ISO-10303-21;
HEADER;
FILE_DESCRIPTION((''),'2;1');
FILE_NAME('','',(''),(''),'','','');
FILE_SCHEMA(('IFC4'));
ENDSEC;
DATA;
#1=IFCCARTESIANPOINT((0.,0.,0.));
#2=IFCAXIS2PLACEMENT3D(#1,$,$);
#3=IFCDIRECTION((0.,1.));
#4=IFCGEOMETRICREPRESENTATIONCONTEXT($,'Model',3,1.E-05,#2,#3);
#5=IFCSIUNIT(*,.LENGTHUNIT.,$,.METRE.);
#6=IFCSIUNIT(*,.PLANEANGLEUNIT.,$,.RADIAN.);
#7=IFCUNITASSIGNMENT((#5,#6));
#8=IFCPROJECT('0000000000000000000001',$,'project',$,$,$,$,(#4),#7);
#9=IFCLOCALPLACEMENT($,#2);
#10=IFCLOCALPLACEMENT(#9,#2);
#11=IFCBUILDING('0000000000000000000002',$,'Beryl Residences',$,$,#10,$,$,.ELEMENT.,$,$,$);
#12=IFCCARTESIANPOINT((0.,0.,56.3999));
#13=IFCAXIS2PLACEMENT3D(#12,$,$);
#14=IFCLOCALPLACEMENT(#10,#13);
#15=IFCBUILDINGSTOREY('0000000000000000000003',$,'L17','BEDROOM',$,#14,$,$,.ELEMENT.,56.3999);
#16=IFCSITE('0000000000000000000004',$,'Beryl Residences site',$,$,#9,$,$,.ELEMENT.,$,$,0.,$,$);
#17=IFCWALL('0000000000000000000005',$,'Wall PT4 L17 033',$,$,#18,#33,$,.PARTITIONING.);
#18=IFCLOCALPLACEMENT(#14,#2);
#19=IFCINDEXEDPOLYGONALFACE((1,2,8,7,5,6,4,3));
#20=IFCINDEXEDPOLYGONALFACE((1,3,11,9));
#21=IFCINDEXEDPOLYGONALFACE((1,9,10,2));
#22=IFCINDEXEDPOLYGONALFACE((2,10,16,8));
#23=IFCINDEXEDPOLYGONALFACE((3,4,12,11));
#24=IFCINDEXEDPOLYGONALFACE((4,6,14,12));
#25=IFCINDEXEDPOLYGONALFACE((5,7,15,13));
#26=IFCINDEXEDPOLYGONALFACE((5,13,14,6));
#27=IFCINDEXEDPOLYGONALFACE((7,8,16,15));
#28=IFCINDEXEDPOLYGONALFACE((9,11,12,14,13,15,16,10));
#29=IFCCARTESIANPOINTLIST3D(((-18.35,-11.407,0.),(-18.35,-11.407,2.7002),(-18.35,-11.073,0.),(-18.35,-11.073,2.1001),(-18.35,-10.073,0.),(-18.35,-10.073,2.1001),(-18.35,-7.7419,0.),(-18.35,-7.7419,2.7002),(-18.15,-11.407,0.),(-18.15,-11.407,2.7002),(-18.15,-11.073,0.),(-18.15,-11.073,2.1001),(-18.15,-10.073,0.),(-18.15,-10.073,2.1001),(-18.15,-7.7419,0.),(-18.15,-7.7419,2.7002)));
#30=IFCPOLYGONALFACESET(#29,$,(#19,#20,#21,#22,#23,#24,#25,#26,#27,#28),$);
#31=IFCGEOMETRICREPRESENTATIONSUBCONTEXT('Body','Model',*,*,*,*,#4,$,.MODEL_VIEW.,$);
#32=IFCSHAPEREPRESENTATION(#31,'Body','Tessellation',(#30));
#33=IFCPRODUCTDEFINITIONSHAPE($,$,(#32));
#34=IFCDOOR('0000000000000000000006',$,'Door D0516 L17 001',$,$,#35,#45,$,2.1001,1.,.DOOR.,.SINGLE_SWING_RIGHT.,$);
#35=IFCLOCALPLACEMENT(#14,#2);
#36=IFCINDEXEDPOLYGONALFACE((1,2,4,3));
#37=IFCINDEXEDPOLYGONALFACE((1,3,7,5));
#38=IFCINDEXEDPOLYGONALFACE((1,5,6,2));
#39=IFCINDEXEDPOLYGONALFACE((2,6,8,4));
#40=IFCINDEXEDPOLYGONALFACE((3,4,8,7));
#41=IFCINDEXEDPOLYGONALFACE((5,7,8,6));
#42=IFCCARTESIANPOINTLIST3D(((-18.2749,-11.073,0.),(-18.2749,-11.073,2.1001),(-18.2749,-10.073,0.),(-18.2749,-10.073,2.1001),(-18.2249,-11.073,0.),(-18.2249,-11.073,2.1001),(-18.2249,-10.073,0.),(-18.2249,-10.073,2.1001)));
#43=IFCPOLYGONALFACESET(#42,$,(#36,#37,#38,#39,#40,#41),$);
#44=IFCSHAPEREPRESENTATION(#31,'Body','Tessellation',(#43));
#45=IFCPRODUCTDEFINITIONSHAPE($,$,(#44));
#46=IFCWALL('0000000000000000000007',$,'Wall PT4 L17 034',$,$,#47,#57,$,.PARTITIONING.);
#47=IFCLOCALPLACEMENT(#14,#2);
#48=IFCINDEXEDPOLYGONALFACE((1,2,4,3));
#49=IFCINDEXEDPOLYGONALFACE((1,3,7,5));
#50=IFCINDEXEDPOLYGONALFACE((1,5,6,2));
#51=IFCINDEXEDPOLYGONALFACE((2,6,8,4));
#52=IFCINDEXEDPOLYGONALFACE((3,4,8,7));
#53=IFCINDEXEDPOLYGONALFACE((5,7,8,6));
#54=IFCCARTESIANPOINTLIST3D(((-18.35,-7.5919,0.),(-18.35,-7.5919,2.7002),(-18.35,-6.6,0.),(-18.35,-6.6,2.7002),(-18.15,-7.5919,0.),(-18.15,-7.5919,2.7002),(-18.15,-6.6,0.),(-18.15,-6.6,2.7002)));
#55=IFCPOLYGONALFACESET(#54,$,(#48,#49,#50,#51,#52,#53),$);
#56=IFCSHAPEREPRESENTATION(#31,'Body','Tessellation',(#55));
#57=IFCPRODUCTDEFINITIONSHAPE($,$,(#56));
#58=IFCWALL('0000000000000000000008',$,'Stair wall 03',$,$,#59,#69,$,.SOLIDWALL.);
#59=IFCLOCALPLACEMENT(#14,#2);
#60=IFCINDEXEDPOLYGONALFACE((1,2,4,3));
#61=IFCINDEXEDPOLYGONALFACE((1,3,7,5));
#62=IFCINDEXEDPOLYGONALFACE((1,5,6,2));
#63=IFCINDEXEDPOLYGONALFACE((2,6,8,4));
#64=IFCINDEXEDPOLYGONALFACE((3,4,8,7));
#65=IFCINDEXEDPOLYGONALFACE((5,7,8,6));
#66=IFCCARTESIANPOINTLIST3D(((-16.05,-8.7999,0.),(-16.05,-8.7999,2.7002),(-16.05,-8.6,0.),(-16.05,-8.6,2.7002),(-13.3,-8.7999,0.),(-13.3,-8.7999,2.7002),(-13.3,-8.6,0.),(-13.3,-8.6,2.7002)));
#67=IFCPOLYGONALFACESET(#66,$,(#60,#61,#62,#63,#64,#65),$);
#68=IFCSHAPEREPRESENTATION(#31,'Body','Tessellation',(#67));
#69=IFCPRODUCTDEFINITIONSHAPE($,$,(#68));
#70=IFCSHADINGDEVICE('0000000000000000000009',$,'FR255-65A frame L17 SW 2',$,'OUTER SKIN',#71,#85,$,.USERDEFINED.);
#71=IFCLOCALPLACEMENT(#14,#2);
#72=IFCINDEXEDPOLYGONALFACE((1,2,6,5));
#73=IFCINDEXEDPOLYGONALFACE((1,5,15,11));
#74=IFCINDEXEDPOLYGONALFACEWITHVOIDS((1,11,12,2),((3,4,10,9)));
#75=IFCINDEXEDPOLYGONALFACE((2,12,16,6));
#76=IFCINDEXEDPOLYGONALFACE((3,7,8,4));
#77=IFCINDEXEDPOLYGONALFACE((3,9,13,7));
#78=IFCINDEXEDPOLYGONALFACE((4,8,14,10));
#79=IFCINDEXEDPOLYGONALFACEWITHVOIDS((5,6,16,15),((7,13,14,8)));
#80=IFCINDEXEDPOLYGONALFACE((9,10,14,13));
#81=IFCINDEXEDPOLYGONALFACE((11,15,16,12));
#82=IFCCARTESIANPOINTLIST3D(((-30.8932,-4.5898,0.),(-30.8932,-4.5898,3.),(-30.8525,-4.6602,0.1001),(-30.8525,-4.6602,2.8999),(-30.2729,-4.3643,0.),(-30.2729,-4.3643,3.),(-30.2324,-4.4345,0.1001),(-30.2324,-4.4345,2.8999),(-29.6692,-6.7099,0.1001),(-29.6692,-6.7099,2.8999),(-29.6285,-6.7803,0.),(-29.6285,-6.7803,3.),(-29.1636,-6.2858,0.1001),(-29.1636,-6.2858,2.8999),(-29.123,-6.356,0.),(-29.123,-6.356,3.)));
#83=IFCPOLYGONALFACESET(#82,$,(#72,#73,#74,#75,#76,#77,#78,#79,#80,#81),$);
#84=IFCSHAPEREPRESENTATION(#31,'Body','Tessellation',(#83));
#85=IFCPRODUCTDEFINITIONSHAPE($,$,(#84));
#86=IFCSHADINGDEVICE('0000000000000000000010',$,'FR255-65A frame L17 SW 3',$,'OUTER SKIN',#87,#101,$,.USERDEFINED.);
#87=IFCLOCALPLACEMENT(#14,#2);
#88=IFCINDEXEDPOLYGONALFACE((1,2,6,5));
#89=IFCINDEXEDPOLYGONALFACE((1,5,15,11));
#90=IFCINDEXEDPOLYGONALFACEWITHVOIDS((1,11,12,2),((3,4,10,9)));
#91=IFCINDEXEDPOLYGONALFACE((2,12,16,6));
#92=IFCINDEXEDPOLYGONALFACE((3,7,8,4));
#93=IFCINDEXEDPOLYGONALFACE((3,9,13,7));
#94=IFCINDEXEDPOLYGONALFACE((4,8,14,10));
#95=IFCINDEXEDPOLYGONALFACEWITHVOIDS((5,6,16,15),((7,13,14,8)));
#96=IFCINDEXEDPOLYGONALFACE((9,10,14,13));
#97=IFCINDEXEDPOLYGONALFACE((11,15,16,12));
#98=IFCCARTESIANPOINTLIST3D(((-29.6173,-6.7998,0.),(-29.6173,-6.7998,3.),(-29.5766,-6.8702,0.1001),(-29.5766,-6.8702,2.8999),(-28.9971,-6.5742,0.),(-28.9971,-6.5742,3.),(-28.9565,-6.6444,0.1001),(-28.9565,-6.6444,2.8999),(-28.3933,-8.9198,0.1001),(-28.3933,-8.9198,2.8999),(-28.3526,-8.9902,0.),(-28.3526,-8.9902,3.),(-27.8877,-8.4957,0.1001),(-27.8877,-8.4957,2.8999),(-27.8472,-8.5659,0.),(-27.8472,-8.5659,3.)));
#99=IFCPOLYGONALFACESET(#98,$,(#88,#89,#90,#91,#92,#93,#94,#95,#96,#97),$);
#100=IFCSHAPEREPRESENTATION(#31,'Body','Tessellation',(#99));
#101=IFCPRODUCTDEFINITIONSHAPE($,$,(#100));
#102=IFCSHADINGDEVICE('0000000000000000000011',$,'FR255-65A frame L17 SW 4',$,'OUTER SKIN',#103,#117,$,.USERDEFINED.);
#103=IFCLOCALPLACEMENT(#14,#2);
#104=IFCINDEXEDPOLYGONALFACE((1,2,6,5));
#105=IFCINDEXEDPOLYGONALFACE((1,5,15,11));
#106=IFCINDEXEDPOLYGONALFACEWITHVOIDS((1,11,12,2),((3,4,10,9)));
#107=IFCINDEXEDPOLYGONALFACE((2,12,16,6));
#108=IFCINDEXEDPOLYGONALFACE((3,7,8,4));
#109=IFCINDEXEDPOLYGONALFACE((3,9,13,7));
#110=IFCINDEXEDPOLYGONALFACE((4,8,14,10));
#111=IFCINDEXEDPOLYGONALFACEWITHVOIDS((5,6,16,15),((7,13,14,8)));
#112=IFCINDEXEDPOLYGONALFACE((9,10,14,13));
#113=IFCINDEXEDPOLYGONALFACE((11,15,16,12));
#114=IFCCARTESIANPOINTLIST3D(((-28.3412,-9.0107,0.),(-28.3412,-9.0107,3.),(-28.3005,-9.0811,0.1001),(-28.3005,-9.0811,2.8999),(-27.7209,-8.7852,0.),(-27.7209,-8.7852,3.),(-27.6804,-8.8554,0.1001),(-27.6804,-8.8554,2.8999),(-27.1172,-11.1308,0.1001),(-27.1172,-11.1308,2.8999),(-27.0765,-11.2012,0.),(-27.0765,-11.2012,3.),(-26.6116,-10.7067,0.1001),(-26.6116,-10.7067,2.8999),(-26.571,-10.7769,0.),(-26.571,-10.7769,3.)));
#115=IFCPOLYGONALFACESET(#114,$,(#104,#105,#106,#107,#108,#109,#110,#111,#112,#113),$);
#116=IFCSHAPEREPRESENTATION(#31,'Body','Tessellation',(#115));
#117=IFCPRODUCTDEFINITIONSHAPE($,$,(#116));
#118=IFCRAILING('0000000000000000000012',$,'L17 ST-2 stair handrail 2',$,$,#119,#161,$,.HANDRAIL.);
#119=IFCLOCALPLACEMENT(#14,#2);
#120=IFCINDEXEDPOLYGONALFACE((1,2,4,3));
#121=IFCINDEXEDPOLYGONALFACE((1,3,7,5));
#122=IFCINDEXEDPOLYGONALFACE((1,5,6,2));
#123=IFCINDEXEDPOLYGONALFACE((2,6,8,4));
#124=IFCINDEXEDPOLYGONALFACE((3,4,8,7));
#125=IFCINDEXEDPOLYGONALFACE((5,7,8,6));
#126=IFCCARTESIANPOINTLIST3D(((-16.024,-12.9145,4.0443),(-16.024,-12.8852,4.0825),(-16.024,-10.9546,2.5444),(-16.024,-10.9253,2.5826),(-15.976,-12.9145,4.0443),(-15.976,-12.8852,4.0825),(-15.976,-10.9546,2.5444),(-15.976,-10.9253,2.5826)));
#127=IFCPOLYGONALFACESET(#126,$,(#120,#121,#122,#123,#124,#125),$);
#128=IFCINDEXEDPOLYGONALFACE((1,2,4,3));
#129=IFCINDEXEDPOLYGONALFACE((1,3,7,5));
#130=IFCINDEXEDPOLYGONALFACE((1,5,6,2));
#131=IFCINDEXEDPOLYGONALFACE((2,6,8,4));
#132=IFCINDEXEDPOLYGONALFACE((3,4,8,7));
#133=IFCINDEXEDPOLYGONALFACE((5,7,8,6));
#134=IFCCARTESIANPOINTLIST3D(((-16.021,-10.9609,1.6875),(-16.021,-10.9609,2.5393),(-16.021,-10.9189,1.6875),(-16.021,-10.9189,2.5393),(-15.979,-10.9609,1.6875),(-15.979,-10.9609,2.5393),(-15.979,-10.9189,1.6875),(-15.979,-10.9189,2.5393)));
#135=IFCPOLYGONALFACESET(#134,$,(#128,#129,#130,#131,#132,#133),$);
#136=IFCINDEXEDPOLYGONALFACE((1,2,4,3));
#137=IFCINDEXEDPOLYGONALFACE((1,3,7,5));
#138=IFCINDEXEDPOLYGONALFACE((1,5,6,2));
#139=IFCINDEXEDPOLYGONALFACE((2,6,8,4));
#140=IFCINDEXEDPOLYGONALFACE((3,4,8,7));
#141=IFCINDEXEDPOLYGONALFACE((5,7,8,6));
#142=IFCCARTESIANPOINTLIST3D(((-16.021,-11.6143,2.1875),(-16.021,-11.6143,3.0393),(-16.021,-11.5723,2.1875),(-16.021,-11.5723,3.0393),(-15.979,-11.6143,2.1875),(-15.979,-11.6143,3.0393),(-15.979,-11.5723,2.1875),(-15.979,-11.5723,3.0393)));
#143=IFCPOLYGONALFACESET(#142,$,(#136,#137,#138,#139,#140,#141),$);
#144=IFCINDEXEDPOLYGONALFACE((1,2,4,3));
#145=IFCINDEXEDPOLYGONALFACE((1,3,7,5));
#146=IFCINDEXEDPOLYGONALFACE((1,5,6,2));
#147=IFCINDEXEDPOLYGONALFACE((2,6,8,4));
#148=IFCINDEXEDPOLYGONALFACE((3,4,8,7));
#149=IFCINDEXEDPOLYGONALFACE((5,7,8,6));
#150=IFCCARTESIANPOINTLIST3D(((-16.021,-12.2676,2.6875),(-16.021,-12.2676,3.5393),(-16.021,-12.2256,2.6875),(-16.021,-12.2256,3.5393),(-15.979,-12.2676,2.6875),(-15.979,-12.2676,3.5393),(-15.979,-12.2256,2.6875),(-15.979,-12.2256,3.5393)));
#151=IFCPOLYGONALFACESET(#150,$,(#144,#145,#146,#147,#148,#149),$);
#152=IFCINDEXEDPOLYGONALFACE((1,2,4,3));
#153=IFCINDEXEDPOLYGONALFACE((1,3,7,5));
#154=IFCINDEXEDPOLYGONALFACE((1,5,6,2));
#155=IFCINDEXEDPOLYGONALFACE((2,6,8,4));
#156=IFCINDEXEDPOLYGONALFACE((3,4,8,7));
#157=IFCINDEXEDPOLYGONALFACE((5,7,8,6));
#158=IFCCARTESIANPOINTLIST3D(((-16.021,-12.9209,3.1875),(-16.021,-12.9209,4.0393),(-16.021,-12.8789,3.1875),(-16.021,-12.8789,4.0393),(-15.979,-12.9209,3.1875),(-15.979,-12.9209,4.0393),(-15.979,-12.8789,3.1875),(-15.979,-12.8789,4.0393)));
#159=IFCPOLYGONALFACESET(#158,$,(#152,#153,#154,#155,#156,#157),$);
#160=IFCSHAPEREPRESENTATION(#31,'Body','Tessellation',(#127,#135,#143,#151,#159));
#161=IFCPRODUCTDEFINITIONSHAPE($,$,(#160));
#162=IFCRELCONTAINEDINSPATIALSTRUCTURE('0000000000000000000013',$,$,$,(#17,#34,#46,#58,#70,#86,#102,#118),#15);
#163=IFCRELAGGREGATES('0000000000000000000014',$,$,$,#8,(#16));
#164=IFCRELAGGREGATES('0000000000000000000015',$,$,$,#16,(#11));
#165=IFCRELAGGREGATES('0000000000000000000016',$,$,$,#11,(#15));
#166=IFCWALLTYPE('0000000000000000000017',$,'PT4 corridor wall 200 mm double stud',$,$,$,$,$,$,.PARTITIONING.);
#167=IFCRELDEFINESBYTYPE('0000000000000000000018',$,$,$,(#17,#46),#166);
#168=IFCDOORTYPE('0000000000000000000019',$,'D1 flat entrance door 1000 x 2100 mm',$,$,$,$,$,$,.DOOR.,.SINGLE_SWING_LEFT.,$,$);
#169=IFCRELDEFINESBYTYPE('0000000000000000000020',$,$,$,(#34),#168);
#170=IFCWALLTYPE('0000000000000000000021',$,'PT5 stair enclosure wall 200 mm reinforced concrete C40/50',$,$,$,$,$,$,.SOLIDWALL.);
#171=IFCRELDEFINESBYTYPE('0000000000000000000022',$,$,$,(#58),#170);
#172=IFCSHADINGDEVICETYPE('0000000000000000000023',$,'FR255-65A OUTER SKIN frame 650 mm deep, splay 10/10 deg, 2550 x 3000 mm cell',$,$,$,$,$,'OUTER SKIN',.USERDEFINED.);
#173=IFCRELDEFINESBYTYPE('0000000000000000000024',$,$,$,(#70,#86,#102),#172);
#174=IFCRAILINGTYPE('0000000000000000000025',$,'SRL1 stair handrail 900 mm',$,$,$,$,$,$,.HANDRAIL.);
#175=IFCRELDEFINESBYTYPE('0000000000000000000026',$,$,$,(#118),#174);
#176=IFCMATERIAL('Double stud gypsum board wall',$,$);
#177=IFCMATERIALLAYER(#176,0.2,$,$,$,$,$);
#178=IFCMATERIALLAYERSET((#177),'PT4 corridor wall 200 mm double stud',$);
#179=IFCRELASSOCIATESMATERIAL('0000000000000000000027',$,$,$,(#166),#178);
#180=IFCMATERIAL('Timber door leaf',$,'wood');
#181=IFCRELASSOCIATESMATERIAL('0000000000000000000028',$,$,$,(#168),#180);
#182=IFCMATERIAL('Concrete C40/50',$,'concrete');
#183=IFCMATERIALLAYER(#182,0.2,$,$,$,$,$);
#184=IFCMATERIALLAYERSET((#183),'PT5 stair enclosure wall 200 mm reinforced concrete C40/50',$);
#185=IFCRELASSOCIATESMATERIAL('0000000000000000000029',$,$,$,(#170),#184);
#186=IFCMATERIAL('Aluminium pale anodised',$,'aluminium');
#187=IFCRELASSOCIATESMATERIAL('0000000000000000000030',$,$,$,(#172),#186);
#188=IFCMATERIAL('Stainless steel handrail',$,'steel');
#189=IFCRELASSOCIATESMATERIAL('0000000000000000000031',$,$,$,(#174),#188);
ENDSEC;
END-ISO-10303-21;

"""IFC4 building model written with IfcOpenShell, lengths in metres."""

from ifc_helpers import new_model, entity, si_unit, direction, frame, frame_2d, origin, origin_2d, place, context, subcontext, project, spatial, rectangle, extrude, source, transform, mapped, material, layer, layer_set, type_object, type_shapes, element, fill, save


model = new_model("IFC4")

# Units and contexts
model_context = context("Model", 3, precision=1e-05, world=origin(), true_north=direction((0.0, 1.0)))
body_context = subcontext(model_context, "Body", "Model", "MODEL_VIEW")
ifc_project = project(units=[si_unit("LENGTHUNIT", "METRE"), si_unit("PLANEANGLEUNIT", "RADIAN")], contexts=[model_context])

# Site, building, storey
site_placement = place(None, origin())
site = spatial("IfcSite", under=ifc_project, at=site_placement, Name="Beryl Residences site", CompositionType="ELEMENT", RefElevation=0.0)
building_placement = place(site_placement, origin())
building = spatial("IfcBuilding", under=site, at=building_placement, Name="Beryl Residences", CompositionType="ELEMENT")
storey_placement = place(building_placement, frame((0.0, 0.0, 56.3999)))
storey = spatial("IfcBuildingStorey", under=building, at=storey_placement, Name="L17", Description="BEDROOM", CompositionType="ELEMENT", Elevation=56.3999)

# Shared definitions
ifc_material_1 = material(Name="Double stud gypsum board wall")
ifc_layer_1 = layer(ifc_material_1, 0.2)
ifc_layer_set_1 = layer_set([ifc_layer_1], Name="PT4 corridor wall 200 mm double stud")
wall_type_1 = type_object("IfcWallType", Name="PT4 corridor wall 200 mm double stud", PredefinedType="PARTITIONING", material=ifc_layer_set_1)

# Wall, opening, door
wall_1_placement = place(storey_placement, frame((-18.25, -11.407, 0.0), z_axis=(0.0, 0.0, 1.0), x_axis=(0.0, 1.0, 0.0)))
wall_1 = element("IfcWall", 1, at=wall_1_placement, inside=storey, type_object=wall_type_1, Name="Wall PT4 L17 033", PredefinedType="PARTITIONING", context=body_context, shape_type="SweptSolid", body=[
    extrude(rectangle(XDim=3.665, YDim=0.2, at=frame_2d((1.8325, 0.0))), origin(), (0.0, 0.0, 1.0), 2.7002),
])
opening_1_placement = place(wall_1_placement, frame((0.334, 0.0, 0.0)))
opening_1 = element("IfcOpeningElement", 2, at=opening_1_placement, cuts=wall_1, PredefinedType="OPENING", context=body_context, shape_type="SweptSolid", body=[
    extrude(rectangle(XDim=1.0, YDim=2.1001, at=frame_2d((0.5, 1.05))), frame((0.0, 0.1099, 0.0), z_axis=(0.0, -1.0, 0.0), x_axis=(1.0, 0.0, 0.0)), (0.0, 0.0, 1.0), 0.22),
])
ifc_material_2 = material(Name="Timber door leaf", Category="wood")
door_type_1 = type_object("IfcDoorType", Name="D1 flat entrance door 1000 x 2100 mm", OperationType="SINGLE_SWING_LEFT", PredefinedType="DOOR", material=ifc_material_2)
door_1_placement = place(opening_1_placement, origin())
door_1 = element("IfcDoor", 3, at=door_1_placement, inside=storey, type_object=door_type_1, Name="Door D0516 L17 001", OperationType="SINGLE_SWING_RIGHT", OverallHeight=2.1001, OverallWidth=1.0, PredefinedType="DOOR", context=body_context, shape_type="SweptSolid", body=[
    extrude(rectangle(XDim=1.0, YDim=2.1001, at=frame_2d((0.5, 1.05))), frame((0.0, 0.0249, 0.0), z_axis=(0.0, -1.0, 0.0), x_axis=(1.0, 0.0, 0.0)), (0.0, 0.0, 1.0), 0.05),
])
fill(opening_1, door_1)

# Walls
wall_2_placement = place(storey_placement, frame((-18.25, -7.592, 0.0), z_axis=(0.0, 0.0, 1.0), x_axis=(0.0, 1.0, 0.0)))
element("IfcWall", 4, at=wall_2_placement, inside=storey, type_object=wall_type_1, Name="Wall PT4 L17 034", PredefinedType="PARTITIONING", context=body_context, shape_type="SweptSolid", body=[
    extrude(rectangle(XDim=0.9919, YDim=0.2, at=frame_2d((0.4961, 0.0))), origin(), (0.0, 0.0, 1.0), 2.7002),
])
ifc_material_3 = material(Name="Concrete C40/50", Category="concrete")
ifc_layer_2 = layer(ifc_material_3, 0.2)
ifc_layer_set_2 = layer_set([ifc_layer_2], Name="PT5 stair enclosure wall 200 mm reinforced concrete C40/50")
wall_type_2 = type_object("IfcWallType", Name="PT5 stair enclosure wall 200 mm reinforced concrete C40/50", PredefinedType="SOLIDWALL", material=ifc_layer_set_2)
wall_3_placement = place(storey_placement, frame((-16.05, -8.7, 0.0), z_axis=(0.0, 0.0, 1.0), x_axis=(1.0, 0.0, 0.0)))
element("IfcWall", 5, at=wall_3_placement, inside=storey, type_object=wall_type_2, Name="Stair wall 03", PredefinedType="SOLIDWALL", context=body_context, shape_type="SweptSolid", body=[
    extrude(rectangle(XDim=2.75, YDim=0.2, at=frame_2d((1.375, 0.0))), origin(), (0.0, 0.0, 1.0), 2.7002),
])

# Shading devices
ifc_material_4 = material(Name="Aluminium pale anodised", Category="aluminium")
shading_device_type = type_object("IfcShadingDeviceType", Name="FR255-65A OUTER SKIN frame 650 mm deep, splay 10/10 deg, 2550 x 3000 mm cell", ElementType="OUTER SKIN", PredefinedType="USERDEFINED", material=ifc_material_4)
cartesian_point_1 = entity("IfcCartesianPoint", [-1.1499, 0.0])
cartesian_point_2 = entity("IfcCartesianPoint", [-1.0688, 0.1001])
cartesian_point_3 = entity("IfcCartesianPoint", [-1.2646, 0.0])
cartesian_point_4 = entity("IfcCartesianPoint", [-1.1833, 0.1001])
shared_shape = source(origin(), body_context, "Body", "SweptSolid", [
    entity("IfcExtrudedAreaSolidTapered", entity("IfcArbitraryProfileDefWithVoids", "AREA", None, entity("IfcPolyline", [cartesian_point_1, entity("IfcCartesianPoint", [1.1499, 0.0]), entity("IfcCartesianPoint", [1.1499, 3.0]), entity("IfcCartesianPoint", [-1.1499, 3.0]), cartesian_point_1]), [entity("IfcPolyline", [cartesian_point_2, entity("IfcCartesianPoint", [1.0688, 0.1001]), entity("IfcCartesianPoint", [1.0688, 2.8999]), entity("IfcCartesianPoint", [-1.0688, 2.8999]), cartesian_point_2])]), entity("IfcAxis2Placement3D", entity("IfcCartesianPoint", [0.0, 0.0, 0.0]), entity("IfcDirection", [0.0, 1.0, 0.0]), entity("IfcDirection", [-1.0, 0.0, 0.0])), entity("IfcDirection", [0.0, 0.0, 1.0]), 0.6499, entity("IfcArbitraryProfileDefWithVoids", "AREA", None, entity("IfcPolyline", [cartesian_point_3, entity("IfcCartesianPoint", [1.2646, 0.0]), entity("IfcCartesianPoint", [1.2646, 3.0]), entity("IfcCartesianPoint", [-1.2646, 3.0]), cartesian_point_3]), [entity("IfcPolyline", [cartesian_point_4, entity("IfcCartesianPoint", [1.1833, 0.1001]), entity("IfcCartesianPoint", [1.1833, 2.8999]), entity("IfcCartesianPoint", [-1.1833, 2.8999]), cartesian_point_4])])),
])
type_shapes(shading_device_type, [shared_shape])
for number, where, z_axis, x_axis, name in (
    (6, (-29.698, -5.3601, 0.0), (0.0, 0.0, 1.0), (-0.5, 0.866025, 0.0), "FR255-65A frame L17 SW 2"),
    (7, (-28.4221, -7.5701, 0.0), (0.0, 0.0, 1.0), (-0.5, 0.866025, 0.0), "FR255-65A frame L17 SW 3"),
    (8, (-27.146, -9.781, 0.0), (0.0, 0.0, 1.0), (-0.5, 0.866025, 0.0), "FR255-65A frame L17 SW 4"),
):
    element("IfcShadingDevice", number, at=place(storey_placement, frame(where, z_axis=z_axis, x_axis=x_axis)), inside=storey, type_object=shading_device_type, Name=name, ObjectType="OUTER SKIN", PredefinedType="USERDEFINED", context=body_context, shape_type="MappedRepresentation", body=[
        mapped(shared_shape, transform((0.0, 0.0, 0.0))),
    ])

# Railing
ifc_material_5 = material(Name="Stainless steel handrail", Category="steel")
railing_type = type_object("IfcRailingType", Name="SRL1 stair handrail 900 mm", PredefinedType="HANDRAIL", material=ifc_material_5)
railing_placement = place(storey_placement, frame((-16.0, -10.9399, 1.6875)))
element("IfcRailing", 9, at=railing_placement, inside=storey, type_object=railing_type, Name="L17 ST-2 stair handrail 2", PredefinedType="HANDRAIL", context=body_context, shape_type="SweptSolid", body=[
    extrude(rectangle(XDim=0.0481, YDim=0.0481, at=origin_2d()), frame((0.0, 0.0, 0.876), z_axis=(0.0, -0.794122, 0.607758), x_axis=(1.0, 0.0, 0.0)), (0.0, 0.0, 1.0), 2.468),
    extrude(rectangle(XDim=0.042, YDim=0.042, at=origin_2d()), origin(), (0.0, 0.0, 1.0), 0.8518),
    extrude(rectangle(XDim=0.042, YDim=0.042, at=origin_2d()), frame((0.0, -0.6533, 0.5)), (0.0, 0.0, 1.0), 0.8518),
    extrude(rectangle(XDim=0.042, YDim=0.042, at=origin_2d()), frame((0.0, -1.3066, 1.0)), (0.0, 0.0, 1.0), 0.8518),
    extrude(rectangle(XDim=0.042, YDim=0.042, at=origin_2d()), frame((0.0, -1.96, 1.5)), (0.0, 0.0, 1.0), 0.8518),
])

save(model, "model.ifc")
